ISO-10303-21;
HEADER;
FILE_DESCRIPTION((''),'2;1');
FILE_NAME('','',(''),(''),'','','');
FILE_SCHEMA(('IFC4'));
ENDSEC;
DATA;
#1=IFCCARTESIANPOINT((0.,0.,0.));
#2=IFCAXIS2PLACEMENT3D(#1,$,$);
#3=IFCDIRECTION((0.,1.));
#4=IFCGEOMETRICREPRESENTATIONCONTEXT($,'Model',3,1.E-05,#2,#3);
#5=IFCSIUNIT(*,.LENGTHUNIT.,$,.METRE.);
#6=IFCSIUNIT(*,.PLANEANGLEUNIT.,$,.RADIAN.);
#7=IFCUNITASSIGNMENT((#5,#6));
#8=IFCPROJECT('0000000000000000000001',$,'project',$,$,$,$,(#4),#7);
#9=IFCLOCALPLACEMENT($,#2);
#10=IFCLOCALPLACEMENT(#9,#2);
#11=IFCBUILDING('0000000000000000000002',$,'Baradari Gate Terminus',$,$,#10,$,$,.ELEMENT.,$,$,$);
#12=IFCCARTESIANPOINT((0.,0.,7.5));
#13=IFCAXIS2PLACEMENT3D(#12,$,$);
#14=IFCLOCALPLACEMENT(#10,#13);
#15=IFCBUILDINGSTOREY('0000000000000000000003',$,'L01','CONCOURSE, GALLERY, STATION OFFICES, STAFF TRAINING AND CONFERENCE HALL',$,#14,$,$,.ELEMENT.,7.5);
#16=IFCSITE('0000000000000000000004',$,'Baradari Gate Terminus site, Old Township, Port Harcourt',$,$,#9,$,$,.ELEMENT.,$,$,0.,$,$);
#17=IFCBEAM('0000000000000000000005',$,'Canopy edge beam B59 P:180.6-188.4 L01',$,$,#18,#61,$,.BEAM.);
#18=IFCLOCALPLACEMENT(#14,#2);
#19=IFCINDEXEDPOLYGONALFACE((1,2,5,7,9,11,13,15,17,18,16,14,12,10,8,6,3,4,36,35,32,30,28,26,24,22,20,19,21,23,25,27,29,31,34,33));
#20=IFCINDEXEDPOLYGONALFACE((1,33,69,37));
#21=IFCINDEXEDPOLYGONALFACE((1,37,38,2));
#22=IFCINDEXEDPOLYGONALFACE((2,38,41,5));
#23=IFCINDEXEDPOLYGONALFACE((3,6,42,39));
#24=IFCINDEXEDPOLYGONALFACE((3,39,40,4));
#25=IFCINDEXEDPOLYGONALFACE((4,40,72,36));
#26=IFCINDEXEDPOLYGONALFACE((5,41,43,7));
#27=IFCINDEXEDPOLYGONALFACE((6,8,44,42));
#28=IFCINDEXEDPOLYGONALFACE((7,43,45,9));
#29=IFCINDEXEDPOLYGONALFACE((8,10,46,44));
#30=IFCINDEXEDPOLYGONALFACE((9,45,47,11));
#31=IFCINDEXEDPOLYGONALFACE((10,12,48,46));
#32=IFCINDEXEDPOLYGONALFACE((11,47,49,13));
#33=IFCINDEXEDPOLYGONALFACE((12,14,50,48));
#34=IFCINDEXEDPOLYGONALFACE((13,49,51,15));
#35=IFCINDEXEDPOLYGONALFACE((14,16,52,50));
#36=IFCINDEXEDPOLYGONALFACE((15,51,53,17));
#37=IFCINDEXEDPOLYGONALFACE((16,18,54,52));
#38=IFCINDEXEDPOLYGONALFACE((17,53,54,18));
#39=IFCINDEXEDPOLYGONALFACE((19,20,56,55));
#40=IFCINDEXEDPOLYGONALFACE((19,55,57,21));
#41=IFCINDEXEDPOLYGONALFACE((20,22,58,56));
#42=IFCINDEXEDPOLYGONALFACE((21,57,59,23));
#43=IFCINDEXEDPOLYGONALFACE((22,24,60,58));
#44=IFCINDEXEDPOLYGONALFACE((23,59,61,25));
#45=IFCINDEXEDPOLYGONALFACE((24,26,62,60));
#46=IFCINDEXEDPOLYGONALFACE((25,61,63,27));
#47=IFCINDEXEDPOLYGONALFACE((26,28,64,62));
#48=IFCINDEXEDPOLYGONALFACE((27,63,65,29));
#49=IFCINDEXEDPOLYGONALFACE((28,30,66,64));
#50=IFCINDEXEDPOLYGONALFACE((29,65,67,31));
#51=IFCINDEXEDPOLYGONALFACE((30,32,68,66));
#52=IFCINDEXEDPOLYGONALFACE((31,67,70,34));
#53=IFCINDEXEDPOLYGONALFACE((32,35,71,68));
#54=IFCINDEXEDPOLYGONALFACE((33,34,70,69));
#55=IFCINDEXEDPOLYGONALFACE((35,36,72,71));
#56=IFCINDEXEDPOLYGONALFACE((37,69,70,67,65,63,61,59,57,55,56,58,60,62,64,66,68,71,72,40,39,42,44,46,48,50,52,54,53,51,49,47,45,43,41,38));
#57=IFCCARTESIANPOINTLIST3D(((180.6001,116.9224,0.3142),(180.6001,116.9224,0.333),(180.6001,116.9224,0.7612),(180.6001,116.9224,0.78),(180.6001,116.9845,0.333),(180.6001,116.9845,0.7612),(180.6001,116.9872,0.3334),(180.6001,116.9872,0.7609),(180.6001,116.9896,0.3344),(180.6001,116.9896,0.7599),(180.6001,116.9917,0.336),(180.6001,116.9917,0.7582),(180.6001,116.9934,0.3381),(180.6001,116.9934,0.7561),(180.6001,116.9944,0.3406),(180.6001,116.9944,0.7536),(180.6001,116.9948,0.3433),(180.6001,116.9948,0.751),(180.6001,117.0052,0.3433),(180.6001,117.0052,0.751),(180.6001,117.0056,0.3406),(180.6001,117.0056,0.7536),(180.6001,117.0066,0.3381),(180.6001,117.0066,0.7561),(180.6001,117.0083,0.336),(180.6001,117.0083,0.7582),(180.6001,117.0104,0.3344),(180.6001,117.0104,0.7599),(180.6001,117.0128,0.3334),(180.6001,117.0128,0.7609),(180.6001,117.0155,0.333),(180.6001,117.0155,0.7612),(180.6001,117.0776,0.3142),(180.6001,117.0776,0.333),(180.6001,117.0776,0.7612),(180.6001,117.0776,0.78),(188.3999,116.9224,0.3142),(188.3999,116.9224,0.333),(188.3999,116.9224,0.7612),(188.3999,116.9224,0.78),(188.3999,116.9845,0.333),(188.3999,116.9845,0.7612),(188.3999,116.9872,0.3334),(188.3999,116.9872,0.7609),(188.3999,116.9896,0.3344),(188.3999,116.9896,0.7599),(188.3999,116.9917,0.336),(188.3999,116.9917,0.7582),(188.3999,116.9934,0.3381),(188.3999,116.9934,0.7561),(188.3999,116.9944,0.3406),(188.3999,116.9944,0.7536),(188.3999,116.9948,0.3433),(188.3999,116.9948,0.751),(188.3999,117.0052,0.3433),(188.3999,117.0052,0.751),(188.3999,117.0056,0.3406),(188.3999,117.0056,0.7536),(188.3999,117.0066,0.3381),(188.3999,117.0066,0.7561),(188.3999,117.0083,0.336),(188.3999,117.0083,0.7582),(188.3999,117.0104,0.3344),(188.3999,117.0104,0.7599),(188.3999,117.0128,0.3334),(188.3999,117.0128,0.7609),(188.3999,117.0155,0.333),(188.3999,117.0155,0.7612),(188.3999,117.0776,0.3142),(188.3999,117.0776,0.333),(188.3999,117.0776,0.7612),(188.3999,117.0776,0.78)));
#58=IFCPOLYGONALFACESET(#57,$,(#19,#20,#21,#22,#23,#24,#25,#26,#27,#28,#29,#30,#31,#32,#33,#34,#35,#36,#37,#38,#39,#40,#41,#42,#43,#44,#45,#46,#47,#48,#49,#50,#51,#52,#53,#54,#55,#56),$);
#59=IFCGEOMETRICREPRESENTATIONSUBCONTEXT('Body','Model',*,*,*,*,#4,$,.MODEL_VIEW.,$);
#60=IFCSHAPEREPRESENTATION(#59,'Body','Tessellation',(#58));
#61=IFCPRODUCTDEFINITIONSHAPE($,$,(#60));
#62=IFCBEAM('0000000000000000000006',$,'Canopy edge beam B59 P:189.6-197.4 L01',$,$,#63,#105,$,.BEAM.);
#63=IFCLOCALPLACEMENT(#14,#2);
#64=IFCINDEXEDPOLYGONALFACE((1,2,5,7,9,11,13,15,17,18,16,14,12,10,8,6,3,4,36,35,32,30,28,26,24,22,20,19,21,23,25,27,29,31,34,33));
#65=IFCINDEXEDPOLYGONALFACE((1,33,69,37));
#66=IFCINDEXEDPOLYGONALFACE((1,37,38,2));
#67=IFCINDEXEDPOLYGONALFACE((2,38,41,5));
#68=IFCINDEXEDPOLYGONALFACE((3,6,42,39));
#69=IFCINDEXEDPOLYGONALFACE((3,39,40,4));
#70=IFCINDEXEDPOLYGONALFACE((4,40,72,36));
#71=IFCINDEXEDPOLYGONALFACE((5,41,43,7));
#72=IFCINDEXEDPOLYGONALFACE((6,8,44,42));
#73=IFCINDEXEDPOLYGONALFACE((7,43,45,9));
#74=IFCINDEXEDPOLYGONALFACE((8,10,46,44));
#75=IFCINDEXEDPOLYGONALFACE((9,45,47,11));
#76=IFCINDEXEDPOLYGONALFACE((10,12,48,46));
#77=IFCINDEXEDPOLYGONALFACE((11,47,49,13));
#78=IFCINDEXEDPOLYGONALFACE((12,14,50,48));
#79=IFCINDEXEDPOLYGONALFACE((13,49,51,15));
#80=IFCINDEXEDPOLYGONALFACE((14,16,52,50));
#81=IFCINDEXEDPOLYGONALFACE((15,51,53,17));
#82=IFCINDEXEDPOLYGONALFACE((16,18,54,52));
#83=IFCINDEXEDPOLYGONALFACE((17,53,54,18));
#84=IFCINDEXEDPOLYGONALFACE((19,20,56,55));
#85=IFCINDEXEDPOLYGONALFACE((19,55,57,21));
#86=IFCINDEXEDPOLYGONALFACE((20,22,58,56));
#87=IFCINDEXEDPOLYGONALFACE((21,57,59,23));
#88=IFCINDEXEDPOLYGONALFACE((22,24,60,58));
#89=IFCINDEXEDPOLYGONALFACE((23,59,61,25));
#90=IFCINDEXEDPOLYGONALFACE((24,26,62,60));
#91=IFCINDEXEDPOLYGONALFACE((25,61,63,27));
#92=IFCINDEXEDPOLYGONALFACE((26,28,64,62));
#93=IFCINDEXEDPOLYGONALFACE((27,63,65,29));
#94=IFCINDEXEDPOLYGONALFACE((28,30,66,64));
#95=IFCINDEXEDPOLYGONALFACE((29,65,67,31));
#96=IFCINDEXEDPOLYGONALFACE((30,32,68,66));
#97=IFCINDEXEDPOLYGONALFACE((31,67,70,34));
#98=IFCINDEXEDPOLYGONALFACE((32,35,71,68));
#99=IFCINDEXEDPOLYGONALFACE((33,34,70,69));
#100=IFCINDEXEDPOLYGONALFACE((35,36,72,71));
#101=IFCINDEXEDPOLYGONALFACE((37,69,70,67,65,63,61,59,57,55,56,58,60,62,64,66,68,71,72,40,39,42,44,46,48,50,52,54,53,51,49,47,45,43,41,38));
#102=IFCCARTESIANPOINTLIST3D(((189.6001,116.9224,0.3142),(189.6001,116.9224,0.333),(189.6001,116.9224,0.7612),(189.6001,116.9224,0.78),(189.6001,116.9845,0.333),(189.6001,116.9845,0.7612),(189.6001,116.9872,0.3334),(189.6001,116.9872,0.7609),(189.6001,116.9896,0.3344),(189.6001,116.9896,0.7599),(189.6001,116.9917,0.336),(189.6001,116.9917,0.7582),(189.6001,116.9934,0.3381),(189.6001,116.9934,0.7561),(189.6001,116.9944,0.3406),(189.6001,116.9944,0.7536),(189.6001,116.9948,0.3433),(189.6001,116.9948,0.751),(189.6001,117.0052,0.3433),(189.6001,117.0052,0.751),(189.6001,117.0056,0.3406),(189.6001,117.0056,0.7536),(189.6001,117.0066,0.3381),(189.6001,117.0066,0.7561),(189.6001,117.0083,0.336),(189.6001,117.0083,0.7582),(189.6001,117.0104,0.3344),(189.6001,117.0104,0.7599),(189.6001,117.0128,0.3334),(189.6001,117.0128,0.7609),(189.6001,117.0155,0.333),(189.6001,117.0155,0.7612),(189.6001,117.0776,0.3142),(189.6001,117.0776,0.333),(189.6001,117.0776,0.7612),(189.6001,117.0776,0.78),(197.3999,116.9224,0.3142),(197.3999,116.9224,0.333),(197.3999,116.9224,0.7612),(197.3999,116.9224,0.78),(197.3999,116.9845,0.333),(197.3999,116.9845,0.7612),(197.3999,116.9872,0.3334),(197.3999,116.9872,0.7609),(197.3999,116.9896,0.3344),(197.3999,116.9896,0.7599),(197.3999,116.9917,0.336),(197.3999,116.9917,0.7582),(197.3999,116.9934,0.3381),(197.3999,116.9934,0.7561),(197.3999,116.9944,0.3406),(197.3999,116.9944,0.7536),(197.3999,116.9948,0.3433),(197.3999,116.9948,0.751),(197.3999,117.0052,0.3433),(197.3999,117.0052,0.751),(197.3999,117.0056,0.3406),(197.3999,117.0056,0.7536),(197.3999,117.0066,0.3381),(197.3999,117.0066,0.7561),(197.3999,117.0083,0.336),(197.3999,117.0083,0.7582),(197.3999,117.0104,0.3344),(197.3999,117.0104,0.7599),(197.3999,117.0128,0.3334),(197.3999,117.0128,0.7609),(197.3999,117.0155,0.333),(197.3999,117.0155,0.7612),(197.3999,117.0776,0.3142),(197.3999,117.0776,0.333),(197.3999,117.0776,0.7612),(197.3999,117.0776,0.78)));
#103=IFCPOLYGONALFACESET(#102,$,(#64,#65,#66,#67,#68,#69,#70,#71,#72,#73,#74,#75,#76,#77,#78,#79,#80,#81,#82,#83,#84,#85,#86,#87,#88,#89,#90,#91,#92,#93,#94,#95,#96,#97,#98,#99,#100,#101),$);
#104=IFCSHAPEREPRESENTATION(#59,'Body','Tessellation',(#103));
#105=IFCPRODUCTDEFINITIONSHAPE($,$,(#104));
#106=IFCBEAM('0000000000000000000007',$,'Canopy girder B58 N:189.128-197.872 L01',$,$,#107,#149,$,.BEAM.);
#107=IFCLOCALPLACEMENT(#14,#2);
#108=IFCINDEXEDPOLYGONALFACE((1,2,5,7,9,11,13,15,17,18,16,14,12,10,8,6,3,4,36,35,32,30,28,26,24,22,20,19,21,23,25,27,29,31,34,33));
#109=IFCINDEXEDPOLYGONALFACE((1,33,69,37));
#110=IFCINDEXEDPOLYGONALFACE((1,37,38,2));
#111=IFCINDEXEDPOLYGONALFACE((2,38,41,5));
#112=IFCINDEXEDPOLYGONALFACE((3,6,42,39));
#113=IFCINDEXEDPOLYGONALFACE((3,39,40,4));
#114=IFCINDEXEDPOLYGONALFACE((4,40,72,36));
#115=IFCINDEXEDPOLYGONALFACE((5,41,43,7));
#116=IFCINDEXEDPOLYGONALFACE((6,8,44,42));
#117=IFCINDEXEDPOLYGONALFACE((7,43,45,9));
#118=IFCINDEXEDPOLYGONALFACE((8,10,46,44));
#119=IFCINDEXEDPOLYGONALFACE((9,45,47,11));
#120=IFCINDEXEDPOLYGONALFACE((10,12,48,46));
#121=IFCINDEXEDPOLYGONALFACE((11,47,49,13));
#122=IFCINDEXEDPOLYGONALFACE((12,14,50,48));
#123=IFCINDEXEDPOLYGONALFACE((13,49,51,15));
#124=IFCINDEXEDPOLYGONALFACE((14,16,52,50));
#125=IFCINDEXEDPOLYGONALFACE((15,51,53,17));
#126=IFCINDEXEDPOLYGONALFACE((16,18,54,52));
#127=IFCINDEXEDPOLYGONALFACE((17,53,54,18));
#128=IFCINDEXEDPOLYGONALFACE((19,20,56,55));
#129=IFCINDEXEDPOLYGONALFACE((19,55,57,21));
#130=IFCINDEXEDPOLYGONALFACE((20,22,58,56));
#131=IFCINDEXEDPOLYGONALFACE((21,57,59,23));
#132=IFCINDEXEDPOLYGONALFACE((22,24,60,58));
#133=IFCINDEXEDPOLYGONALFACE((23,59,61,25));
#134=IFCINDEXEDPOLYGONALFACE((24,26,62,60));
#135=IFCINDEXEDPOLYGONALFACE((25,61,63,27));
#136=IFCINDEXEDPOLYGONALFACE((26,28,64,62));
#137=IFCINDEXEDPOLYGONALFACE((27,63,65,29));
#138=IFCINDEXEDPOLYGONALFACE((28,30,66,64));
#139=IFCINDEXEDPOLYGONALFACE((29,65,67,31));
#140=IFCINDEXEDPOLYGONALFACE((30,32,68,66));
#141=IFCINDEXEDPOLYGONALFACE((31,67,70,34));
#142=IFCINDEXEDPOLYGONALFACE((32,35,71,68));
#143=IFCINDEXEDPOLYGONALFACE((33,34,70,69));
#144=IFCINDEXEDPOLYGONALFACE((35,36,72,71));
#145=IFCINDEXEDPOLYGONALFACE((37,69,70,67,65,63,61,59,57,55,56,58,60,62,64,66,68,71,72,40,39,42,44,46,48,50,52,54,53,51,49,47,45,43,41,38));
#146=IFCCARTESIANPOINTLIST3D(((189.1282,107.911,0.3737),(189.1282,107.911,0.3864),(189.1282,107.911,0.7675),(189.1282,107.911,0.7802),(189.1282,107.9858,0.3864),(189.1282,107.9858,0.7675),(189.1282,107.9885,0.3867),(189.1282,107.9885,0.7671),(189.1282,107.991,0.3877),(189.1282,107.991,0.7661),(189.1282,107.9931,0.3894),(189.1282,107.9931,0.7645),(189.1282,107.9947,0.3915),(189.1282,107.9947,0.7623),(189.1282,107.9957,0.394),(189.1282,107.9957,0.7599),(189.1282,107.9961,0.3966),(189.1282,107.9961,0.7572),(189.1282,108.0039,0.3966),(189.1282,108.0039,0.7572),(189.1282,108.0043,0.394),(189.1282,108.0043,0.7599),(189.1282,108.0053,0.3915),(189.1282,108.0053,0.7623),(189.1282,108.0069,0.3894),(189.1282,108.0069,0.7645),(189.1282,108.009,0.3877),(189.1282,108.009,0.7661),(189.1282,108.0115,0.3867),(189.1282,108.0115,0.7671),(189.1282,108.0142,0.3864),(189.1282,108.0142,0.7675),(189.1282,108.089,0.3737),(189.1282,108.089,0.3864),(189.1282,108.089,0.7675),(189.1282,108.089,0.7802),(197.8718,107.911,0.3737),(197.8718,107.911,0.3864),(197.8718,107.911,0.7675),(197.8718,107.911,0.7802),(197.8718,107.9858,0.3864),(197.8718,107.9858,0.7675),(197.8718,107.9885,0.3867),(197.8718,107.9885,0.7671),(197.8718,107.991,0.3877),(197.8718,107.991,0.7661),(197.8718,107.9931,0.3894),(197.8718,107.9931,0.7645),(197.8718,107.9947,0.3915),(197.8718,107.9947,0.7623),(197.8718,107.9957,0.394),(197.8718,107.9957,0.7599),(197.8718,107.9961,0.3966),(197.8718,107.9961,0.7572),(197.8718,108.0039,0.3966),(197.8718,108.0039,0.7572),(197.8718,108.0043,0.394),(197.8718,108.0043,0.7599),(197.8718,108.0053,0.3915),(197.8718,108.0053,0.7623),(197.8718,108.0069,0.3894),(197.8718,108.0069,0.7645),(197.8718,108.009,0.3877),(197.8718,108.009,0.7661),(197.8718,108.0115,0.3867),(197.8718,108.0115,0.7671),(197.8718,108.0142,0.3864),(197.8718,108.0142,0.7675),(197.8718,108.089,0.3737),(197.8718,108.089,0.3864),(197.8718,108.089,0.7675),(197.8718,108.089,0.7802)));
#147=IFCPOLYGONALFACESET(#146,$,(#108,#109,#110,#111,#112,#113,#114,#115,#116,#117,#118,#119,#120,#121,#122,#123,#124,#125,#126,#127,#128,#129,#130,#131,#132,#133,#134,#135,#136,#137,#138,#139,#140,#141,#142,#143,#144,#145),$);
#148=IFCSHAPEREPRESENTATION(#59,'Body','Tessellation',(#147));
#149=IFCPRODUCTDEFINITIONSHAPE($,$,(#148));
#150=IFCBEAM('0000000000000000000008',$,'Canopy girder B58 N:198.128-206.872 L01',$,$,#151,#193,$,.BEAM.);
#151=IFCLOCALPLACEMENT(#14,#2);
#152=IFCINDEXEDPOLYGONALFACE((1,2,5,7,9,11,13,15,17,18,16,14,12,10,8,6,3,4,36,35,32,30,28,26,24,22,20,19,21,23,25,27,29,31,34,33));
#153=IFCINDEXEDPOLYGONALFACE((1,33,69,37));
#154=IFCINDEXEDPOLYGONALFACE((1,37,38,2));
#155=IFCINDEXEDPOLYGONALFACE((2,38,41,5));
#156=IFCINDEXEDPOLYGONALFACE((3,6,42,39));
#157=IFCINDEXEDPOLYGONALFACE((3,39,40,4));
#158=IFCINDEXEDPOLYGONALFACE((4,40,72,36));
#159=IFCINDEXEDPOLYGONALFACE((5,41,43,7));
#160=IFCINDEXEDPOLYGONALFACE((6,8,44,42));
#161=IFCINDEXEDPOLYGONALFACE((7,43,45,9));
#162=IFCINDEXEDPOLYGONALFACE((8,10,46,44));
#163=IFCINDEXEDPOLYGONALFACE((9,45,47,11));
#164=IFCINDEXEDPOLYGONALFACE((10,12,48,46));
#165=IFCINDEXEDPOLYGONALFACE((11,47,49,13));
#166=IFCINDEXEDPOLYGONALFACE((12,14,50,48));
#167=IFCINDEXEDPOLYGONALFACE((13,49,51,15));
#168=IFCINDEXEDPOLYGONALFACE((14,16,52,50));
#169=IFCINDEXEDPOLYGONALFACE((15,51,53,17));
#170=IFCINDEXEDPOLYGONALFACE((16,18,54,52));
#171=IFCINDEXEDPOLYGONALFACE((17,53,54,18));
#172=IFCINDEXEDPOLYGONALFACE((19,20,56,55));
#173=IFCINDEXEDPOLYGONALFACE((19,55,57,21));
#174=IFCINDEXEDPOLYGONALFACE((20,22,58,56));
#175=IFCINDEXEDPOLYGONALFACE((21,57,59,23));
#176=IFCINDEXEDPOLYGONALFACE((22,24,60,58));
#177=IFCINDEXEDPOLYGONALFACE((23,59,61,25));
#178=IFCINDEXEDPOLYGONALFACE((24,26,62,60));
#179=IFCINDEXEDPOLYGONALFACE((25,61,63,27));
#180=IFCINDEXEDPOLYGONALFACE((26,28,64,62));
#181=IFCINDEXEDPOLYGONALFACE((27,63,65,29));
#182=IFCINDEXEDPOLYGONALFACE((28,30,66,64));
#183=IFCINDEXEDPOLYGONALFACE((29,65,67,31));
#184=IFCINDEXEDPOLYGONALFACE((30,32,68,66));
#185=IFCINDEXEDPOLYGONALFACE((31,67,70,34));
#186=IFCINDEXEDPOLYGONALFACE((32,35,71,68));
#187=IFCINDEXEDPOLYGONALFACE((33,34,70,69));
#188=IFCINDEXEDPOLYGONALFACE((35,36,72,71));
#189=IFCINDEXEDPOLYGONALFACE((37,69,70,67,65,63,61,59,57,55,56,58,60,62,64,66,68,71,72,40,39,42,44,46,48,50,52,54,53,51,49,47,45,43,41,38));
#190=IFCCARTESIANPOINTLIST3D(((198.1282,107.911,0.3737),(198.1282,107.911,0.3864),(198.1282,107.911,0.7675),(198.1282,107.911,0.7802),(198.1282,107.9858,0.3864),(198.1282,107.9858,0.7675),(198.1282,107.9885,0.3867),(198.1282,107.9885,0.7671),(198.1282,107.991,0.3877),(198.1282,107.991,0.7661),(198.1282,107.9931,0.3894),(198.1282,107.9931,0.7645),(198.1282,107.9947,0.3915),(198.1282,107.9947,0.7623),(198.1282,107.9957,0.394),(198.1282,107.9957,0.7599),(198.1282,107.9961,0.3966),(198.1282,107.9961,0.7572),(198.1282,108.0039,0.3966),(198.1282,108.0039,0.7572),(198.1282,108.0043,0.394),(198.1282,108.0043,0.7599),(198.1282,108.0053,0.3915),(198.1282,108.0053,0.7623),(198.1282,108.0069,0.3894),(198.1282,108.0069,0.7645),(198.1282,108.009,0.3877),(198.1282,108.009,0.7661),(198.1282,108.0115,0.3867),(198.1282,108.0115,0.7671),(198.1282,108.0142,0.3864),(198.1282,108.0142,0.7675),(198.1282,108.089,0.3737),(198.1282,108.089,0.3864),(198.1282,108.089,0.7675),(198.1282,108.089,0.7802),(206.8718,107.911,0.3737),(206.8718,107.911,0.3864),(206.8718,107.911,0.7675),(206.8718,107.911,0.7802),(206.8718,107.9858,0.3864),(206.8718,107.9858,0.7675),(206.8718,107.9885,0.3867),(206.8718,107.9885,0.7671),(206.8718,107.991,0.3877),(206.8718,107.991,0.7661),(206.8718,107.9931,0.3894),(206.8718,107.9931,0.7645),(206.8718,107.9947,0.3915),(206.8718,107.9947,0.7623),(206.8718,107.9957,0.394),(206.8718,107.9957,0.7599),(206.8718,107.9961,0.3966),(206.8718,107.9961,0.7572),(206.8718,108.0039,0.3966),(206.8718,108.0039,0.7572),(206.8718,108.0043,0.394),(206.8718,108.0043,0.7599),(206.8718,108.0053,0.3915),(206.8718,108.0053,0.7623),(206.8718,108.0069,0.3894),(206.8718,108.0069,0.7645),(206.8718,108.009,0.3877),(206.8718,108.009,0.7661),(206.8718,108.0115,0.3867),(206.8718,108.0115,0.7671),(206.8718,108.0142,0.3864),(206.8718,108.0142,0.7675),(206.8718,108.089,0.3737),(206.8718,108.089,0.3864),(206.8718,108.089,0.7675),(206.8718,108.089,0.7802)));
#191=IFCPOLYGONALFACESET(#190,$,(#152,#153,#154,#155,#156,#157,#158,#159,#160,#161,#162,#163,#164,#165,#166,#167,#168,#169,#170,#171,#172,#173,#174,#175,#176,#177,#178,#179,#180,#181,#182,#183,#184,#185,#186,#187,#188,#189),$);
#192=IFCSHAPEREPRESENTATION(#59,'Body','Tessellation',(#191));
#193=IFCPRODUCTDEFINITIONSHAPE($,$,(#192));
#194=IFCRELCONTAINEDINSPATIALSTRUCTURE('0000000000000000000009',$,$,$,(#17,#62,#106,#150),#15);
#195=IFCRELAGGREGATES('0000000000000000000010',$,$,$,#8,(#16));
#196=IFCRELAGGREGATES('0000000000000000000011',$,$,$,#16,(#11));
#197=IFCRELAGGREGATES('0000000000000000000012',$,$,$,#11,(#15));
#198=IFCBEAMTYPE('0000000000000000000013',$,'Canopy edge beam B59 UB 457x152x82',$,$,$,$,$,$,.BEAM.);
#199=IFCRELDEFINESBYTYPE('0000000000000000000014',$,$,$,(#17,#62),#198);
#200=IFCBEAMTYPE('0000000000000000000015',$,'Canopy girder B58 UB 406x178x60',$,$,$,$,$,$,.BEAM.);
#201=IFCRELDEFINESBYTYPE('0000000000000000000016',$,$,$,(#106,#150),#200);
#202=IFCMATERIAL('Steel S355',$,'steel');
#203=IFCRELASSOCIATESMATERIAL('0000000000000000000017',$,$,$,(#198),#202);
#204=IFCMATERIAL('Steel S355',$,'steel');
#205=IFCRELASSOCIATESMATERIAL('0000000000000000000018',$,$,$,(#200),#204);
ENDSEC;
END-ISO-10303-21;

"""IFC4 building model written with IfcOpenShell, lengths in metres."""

from ifc_helpers import new_model, si_unit, direction, frame, origin, origin_2d, place, context, subcontext, project, spatial, i_section, extrude, material, material_profile, profile_set, type_object, element, save


model = new_model("IFC4")

# Units and contexts
model_context = context("Model", 3, precision=1e-05, world=origin(), true_north=direction((0.0, 1.0)))
body_context = subcontext(model_context, "Body", "Model", "MODEL_VIEW")
ifc_project = project(units=[si_unit("LENGTHUNIT", "METRE"), si_unit("PLANEANGLEUNIT", "RADIAN")], contexts=[model_context])

# Site, building, storey
site_placement = place(None, origin())
site = spatial("IfcSite", under=ifc_project, at=site_placement, Name="Baradari Gate Terminus site, Old Township, Port Harcourt", CompositionType="ELEMENT", RefElevation=0.0)
building_placement = place(site_placement, origin())
building = spatial("IfcBuilding", under=site, at=building_placement, Name="Baradari Gate Terminus", CompositionType="ELEMENT")
storey_placement = place(building_placement, frame((0.0, 0.0, 7.5)))
storey = spatial("IfcBuildingStorey", under=building, at=storey_placement, Name="L01", Description="CONCOURSE, GALLERY, STATION OFFICES, STAFF TRAINING AND CONFERENCE HALL", CompositionType="ELEMENT", Elevation=7.5)

# Beams
ifc_material_1 = material(Name="Steel S355", Category="steel")
ifc_material_profile_1 = material_profile(ifc_material_1, i_section(OverallWidth=0.1553, OverallDepth=0.4658, WebThickness=0.0105, FlangeThickness=0.0188, FilletRadius=0.0103, at=origin_2d()), Name="UB 457x152x82")
ifc_profile_set_1 = profile_set([ifc_material_profile_1], Name="Steel S355")
beam_type_1 = type_object("IfcBeamType", Name="Canopy edge beam B59 UB 457x152x82", PredefinedType="BEAM", material=ifc_profile_set_1)
for number, where, z_axis, x_axis, name in (
    (1, (180.6001, 117.0, 0.5471), (1.0, 0.0, 0.0), (0.0, 1.0, 0.0), "Canopy edge beam B59 P:180.6-188.4 L01"),
    (2, (189.6001, 117.0, 0.5471), (1.0, 0.0, 0.0), (0.0, 1.0, 0.0), "Canopy edge beam B59 P:189.6-197.4 L01"),
):
    element("IfcBeam", number, at=place(storey_placement, frame(where, z_axis=z_axis, x_axis=x_axis)), inside=storey, type_object=beam_type_1, Name=name, PredefinedType="BEAM", context=body_context, shape_type="SweptSolid", body=[
        extrude(i_section(OverallWidth=0.1553, OverallDepth=0.4658, WebThickness=0.0105, FlangeThickness=0.0188, FilletRadius=0.0103, at=origin_2d()), origin(), (0.0, 0.0, 1.0), 7.7998),
    ])
ifc_material_2 = material(Name="Steel S355", Category="steel")
ifc_material_profile_2 = material_profile(ifc_material_2, i_section(OverallWidth=0.178, OverallDepth=0.4065, WebThickness=0.0078, FlangeThickness=0.0127, FilletRadius=0.0103, at=origin_2d()), Name="UB 406x178x60")
ifc_profile_set_2 = profile_set([ifc_material_profile_2], Name="Steel S355")
beam_type_2 = type_object("IfcBeamType", Name="Canopy girder B58 UB 406x178x60", PredefinedType="BEAM", material=ifc_profile_set_2)
for number, where, z_axis, x_axis, name in (
    (3, (189.1282, 108.0, 0.5769), (1.0, 0.0, 0.0), (0.0, 1.0, 0.0), "Canopy girder B58 N:189.128-197.872 L01"),
    (4, (198.1282, 108.0, 0.5769), (1.0, 0.0, 0.0), (0.0, 1.0, 0.0), "Canopy girder B58 N:198.128-206.872 L01"),
):
    element("IfcBeam", number, at=place(storey_placement, frame(where, z_axis=z_axis, x_axis=x_axis)), inside=storey, type_object=beam_type_2, Name=name, PredefinedType="BEAM", context=body_context, shape_type="SweptSolid", body=[
        extrude(i_section(OverallWidth=0.178, OverallDepth=0.4065, WebThickness=0.0078, FlangeThickness=0.0127, FilletRadius=0.0103, at=origin_2d()), origin(), (0.0, 0.0, 1.0), 8.7437),
    ])

save(model, "model.ifc")
